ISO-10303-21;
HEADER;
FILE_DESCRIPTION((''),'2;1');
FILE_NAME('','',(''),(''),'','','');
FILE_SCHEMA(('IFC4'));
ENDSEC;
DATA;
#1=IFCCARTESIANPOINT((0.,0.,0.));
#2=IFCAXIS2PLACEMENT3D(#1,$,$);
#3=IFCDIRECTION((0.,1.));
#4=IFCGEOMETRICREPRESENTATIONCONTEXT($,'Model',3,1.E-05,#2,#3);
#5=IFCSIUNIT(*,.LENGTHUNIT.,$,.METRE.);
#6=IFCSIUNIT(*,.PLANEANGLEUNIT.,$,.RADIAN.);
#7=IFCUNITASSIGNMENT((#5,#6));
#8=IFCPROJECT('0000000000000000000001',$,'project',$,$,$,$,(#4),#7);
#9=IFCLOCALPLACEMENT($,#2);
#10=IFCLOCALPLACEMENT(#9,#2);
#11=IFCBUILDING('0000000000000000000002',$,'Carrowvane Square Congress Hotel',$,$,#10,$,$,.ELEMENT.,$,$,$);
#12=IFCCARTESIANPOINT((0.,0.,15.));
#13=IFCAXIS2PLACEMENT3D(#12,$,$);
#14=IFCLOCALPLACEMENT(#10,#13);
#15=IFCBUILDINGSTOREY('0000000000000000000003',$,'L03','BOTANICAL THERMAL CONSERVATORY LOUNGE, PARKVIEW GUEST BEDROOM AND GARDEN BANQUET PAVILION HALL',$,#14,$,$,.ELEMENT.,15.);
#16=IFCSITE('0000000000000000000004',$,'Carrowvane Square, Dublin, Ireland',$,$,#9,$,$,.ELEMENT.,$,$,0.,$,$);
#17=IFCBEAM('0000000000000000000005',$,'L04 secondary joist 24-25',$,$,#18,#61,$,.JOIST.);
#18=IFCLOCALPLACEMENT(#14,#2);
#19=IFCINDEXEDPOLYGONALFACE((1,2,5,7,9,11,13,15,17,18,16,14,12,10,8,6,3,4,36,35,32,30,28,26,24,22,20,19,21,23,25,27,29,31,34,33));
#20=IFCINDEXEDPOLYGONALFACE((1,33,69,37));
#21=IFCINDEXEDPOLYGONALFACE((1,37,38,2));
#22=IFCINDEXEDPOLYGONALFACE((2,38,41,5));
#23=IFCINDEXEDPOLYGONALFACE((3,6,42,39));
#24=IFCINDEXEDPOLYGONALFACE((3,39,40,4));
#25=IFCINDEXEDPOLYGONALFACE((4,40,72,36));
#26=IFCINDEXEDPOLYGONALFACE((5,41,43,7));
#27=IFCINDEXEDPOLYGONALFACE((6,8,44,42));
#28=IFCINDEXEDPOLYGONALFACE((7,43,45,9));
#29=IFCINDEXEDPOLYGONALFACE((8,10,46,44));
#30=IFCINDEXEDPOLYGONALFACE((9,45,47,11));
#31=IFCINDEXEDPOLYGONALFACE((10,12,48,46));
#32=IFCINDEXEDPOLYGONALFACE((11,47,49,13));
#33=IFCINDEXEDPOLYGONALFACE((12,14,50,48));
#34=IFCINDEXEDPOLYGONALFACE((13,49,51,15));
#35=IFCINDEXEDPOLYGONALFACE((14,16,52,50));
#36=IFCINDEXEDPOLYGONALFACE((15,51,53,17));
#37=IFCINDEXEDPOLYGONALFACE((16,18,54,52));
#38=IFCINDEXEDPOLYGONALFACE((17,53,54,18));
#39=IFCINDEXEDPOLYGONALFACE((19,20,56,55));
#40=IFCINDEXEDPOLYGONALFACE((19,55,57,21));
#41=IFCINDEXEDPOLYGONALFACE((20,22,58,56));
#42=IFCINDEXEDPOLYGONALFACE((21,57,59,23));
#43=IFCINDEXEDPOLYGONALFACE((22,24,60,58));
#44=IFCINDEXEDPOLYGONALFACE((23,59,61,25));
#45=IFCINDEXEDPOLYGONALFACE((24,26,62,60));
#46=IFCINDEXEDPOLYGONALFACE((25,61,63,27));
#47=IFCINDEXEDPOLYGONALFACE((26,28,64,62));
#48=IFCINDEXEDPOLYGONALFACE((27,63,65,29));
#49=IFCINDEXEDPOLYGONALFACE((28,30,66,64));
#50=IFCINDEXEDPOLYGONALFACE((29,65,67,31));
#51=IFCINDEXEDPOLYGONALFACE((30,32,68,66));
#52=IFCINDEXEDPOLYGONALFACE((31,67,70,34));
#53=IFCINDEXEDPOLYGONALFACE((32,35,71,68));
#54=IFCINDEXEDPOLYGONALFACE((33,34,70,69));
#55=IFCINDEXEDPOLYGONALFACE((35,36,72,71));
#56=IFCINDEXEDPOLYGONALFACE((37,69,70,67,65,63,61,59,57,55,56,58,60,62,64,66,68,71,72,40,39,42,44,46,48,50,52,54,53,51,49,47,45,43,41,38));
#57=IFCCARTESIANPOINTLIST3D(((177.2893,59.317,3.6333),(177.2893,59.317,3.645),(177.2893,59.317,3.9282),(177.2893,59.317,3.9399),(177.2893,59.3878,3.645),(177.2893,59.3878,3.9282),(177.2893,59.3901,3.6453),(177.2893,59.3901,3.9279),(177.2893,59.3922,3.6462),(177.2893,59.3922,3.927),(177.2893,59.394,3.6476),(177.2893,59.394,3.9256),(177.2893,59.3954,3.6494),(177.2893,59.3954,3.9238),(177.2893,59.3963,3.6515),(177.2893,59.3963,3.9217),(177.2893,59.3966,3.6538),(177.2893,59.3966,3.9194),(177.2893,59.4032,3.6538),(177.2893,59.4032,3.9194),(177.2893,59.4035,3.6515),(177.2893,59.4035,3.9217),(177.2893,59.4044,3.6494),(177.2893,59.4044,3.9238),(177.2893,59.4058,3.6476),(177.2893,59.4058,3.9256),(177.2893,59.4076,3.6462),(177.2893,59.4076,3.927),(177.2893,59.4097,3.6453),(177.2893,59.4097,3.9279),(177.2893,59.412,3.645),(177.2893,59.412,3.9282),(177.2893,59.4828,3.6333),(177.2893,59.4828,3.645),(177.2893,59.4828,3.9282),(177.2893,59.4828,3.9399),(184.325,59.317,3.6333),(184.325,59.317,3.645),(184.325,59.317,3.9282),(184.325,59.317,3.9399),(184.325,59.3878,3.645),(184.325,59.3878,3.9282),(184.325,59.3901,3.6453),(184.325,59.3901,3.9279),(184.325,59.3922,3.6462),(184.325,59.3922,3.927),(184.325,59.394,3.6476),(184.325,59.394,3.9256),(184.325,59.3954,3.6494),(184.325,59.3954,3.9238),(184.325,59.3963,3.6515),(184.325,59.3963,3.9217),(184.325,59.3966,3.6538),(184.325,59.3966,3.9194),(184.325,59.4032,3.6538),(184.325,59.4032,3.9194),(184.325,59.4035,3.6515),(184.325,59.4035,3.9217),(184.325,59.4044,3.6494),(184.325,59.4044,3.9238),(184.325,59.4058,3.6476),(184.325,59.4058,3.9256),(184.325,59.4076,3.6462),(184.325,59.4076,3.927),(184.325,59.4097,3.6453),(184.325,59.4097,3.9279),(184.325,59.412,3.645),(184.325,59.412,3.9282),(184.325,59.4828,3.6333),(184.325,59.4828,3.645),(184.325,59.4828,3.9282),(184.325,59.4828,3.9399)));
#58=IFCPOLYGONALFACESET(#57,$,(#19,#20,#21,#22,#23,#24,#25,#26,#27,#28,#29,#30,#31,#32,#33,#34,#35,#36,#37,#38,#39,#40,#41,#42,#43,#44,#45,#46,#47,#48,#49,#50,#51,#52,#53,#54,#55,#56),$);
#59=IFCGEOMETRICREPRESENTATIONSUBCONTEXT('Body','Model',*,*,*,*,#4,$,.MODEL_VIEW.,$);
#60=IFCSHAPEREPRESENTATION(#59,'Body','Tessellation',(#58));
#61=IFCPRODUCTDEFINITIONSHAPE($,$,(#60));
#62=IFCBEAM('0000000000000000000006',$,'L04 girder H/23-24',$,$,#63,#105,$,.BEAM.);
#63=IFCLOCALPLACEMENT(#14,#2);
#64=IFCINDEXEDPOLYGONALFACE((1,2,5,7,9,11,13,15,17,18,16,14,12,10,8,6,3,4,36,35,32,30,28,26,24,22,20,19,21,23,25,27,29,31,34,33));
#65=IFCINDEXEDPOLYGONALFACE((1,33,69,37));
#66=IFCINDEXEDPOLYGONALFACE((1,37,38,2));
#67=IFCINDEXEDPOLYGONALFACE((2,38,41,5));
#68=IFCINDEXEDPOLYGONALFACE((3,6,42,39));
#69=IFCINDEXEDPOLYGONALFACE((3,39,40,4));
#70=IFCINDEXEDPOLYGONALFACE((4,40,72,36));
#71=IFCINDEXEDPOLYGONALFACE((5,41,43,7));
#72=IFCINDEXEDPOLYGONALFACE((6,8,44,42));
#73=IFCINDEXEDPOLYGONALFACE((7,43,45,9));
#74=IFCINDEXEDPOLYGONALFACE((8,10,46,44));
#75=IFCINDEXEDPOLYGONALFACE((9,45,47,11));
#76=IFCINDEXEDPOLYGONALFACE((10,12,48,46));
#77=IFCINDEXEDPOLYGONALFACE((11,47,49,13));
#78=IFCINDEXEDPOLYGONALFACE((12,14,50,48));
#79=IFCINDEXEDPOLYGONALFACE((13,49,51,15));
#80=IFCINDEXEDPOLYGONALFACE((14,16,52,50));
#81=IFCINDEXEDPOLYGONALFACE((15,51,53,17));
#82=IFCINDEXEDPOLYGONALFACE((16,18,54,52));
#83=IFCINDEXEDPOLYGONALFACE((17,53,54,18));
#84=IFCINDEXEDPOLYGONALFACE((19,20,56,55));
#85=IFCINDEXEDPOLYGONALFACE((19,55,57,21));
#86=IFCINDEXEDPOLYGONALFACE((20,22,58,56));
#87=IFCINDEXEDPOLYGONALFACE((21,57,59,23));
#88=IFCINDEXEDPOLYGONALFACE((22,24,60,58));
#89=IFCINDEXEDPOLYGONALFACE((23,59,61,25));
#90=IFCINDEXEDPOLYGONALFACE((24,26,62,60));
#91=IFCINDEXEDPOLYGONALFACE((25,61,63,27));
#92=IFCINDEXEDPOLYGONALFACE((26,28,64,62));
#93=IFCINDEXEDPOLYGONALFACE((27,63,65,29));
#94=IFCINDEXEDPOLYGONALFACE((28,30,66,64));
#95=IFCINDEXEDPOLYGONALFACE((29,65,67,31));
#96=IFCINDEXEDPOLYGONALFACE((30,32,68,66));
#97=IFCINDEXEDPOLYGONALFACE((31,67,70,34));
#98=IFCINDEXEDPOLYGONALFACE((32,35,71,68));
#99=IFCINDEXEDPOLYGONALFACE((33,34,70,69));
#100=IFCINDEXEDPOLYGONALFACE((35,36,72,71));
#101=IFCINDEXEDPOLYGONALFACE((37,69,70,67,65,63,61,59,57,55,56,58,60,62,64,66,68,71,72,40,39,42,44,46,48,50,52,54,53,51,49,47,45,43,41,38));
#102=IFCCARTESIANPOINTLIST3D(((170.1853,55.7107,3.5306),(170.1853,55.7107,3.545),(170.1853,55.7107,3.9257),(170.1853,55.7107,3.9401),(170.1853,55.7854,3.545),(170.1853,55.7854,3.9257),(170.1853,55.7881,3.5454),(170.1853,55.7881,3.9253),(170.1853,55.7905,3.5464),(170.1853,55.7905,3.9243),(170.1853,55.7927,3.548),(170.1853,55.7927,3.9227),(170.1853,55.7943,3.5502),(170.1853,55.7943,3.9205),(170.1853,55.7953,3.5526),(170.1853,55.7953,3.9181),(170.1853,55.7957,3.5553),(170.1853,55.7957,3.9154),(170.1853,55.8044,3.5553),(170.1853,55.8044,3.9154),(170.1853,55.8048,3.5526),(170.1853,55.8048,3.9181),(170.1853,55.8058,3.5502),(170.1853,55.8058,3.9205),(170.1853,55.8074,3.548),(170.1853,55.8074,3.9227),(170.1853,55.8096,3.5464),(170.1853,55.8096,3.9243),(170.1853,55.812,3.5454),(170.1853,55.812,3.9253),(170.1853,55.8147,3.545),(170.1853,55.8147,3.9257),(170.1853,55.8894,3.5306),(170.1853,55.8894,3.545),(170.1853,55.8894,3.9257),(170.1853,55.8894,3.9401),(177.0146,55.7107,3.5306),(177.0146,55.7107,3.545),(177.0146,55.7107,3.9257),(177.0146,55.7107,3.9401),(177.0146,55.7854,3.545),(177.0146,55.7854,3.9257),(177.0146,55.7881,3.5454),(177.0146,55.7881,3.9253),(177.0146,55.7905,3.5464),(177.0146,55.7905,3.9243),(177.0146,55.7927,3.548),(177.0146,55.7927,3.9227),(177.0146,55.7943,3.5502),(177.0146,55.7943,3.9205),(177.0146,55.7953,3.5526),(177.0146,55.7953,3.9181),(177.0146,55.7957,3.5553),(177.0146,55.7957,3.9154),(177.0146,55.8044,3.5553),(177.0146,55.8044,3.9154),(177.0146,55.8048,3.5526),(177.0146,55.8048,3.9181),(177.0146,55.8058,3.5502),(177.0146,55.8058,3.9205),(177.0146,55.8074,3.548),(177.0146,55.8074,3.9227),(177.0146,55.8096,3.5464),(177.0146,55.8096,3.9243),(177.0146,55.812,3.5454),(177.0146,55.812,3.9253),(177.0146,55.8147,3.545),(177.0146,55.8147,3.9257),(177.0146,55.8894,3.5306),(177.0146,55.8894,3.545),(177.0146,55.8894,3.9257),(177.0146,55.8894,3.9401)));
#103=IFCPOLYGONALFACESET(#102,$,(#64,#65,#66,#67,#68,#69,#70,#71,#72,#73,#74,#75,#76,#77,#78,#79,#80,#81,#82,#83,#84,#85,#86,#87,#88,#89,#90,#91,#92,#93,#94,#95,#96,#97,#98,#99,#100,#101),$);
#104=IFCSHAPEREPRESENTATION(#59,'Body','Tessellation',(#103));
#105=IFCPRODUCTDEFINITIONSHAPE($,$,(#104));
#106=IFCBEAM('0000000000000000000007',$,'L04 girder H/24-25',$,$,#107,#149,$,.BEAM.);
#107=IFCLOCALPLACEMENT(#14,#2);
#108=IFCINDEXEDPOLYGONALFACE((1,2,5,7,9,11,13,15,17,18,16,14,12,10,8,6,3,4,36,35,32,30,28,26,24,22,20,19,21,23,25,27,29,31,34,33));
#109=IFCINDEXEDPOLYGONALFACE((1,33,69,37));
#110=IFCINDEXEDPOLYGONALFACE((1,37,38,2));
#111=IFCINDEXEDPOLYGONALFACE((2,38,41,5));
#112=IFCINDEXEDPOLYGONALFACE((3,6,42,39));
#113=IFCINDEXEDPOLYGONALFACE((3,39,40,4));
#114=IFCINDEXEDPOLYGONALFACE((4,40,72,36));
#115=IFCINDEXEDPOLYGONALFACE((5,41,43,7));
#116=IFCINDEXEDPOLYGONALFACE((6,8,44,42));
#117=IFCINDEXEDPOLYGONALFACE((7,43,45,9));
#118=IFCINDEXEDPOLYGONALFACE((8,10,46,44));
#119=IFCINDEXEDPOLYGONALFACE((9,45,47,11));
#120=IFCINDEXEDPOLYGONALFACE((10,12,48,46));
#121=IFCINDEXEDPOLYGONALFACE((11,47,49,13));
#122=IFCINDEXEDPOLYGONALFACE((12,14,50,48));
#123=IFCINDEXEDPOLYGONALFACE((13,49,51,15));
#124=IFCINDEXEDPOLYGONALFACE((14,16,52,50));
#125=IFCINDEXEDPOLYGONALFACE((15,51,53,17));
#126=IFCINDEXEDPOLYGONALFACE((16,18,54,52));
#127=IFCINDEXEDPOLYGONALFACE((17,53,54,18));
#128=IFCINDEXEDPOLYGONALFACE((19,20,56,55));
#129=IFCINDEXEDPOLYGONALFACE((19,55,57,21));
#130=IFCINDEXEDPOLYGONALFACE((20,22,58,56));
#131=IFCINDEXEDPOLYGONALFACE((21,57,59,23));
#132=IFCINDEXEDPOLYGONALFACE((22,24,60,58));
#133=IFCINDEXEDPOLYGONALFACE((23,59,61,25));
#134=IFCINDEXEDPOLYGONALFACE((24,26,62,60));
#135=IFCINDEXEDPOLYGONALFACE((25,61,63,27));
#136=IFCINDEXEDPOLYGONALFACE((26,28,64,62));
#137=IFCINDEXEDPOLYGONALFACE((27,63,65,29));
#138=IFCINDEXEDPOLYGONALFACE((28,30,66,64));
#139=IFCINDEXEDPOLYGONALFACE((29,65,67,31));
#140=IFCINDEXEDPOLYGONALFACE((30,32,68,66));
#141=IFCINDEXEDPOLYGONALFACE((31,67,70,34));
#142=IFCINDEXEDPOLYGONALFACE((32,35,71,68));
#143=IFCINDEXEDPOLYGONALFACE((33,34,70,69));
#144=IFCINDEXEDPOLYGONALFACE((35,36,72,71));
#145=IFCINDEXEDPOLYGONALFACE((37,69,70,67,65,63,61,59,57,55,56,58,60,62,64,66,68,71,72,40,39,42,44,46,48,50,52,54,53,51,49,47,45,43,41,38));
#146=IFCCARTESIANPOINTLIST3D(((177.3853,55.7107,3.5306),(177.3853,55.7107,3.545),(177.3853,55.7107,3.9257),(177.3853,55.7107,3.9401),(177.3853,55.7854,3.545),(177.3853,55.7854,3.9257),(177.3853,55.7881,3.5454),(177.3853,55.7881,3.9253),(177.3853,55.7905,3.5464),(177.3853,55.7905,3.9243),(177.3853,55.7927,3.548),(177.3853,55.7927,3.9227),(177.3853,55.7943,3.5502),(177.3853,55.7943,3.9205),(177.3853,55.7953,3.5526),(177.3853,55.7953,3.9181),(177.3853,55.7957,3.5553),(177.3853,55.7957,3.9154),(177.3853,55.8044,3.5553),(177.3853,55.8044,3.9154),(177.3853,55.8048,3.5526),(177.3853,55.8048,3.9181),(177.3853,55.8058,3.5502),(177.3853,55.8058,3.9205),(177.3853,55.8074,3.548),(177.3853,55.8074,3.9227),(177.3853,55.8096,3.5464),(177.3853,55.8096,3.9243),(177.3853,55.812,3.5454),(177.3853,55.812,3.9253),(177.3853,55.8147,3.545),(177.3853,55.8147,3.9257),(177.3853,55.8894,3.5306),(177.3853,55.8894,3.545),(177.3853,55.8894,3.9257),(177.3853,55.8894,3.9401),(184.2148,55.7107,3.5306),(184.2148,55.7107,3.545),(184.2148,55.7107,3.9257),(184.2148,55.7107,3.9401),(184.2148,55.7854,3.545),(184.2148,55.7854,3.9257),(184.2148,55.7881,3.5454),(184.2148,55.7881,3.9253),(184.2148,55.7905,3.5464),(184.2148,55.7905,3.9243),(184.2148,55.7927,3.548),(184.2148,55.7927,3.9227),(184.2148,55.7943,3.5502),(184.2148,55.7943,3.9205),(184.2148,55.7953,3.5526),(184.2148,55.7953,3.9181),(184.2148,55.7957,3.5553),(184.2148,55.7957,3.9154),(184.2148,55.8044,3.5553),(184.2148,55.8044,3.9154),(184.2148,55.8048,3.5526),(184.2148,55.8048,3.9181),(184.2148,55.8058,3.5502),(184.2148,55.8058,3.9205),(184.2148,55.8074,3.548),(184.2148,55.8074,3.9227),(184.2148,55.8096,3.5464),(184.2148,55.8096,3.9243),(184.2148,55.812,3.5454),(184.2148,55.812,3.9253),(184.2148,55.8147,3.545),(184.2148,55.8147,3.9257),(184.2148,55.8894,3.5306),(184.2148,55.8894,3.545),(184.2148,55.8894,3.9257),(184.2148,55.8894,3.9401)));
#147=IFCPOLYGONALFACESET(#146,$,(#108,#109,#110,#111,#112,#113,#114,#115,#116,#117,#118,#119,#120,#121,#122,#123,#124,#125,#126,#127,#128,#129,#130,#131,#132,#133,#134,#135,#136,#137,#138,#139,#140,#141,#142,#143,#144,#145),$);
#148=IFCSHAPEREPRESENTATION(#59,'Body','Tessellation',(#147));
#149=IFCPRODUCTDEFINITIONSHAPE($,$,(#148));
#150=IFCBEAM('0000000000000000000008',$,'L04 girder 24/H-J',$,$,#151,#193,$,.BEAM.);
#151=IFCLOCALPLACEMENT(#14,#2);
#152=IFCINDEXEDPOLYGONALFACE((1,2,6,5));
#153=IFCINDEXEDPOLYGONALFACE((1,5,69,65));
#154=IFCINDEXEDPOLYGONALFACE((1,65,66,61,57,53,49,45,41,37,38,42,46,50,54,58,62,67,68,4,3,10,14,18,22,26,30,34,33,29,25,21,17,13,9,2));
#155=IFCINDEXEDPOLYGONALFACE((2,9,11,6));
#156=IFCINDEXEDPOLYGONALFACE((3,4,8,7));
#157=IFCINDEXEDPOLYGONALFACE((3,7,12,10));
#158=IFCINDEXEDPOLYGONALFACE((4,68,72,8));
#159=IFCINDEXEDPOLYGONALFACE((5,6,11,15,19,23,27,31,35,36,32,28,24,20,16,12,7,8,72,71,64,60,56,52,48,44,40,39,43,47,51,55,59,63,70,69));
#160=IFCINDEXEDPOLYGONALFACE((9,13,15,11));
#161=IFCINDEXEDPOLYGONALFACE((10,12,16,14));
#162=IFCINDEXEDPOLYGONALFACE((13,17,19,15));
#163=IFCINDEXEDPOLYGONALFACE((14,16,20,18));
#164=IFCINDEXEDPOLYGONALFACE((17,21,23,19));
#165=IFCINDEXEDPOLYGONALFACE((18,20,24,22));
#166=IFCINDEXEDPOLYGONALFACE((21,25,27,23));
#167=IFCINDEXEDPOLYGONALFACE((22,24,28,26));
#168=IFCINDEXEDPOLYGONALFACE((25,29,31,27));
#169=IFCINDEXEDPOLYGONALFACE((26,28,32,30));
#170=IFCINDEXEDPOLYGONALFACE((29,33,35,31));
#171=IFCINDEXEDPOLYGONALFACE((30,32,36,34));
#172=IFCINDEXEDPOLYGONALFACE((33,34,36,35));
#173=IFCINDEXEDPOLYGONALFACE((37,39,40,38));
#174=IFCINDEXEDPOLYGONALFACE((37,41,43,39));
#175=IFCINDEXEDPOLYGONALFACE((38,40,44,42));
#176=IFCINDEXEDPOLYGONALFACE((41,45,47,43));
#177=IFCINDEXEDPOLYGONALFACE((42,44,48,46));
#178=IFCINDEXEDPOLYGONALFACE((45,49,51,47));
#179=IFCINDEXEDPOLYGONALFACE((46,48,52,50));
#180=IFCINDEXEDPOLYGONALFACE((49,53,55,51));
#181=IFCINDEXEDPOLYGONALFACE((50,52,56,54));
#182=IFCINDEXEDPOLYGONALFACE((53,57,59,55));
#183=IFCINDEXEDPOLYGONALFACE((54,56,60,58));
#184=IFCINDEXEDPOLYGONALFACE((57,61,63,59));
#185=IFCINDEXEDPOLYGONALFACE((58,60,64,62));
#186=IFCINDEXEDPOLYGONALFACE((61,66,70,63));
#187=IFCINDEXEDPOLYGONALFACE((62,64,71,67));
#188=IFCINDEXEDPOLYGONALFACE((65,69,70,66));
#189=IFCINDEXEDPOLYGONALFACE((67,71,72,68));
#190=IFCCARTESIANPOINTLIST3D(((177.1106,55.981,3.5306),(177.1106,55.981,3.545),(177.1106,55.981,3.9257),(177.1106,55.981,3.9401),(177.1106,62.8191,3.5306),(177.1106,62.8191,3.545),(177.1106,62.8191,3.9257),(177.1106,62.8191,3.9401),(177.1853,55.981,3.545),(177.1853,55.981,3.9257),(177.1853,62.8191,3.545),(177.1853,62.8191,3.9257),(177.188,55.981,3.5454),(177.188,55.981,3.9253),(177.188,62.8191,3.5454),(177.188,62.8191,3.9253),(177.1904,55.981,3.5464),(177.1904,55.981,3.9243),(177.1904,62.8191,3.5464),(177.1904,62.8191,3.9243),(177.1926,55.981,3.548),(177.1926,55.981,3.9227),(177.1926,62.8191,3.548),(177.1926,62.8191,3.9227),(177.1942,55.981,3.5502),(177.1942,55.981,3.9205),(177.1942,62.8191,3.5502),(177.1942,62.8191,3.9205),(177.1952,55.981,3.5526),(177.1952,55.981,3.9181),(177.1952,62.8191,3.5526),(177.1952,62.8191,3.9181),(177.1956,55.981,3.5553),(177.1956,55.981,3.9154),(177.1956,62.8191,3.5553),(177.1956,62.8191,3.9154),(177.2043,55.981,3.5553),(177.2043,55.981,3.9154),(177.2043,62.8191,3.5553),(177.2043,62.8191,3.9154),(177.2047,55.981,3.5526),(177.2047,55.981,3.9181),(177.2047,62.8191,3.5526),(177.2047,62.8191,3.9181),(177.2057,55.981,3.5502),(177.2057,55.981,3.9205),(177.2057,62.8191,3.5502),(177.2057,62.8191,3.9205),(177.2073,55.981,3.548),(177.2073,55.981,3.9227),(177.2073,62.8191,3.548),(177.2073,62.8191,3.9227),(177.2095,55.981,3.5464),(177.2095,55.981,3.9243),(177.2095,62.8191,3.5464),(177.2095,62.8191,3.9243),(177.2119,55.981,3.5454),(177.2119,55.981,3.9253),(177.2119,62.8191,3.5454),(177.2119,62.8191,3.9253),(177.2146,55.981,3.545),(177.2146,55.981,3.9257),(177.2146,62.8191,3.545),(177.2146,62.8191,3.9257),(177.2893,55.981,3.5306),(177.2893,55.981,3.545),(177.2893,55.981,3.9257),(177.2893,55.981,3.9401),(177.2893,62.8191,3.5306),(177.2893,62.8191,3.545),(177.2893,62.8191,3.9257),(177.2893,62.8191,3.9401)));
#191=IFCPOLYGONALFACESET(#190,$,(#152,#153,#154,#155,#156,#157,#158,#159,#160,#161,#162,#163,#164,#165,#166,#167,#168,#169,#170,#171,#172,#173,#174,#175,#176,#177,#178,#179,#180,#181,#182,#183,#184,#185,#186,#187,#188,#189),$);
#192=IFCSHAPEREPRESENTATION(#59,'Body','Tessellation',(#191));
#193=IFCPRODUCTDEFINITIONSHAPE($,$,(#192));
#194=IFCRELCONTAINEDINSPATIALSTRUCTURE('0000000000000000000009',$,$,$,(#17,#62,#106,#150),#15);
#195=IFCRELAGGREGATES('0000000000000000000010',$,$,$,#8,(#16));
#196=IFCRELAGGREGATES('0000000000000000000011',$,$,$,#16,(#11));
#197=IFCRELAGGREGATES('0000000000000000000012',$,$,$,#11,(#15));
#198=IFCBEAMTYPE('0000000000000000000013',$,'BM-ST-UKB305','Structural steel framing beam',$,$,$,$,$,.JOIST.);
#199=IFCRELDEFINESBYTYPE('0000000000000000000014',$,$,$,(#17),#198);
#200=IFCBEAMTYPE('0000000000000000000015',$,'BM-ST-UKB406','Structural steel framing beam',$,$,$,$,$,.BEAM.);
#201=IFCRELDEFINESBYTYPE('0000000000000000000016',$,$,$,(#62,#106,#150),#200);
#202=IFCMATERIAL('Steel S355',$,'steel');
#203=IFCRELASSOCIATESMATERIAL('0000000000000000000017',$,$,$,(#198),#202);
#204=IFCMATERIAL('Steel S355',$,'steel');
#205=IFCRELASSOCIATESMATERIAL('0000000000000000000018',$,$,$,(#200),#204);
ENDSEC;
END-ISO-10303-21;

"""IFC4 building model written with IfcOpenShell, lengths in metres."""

from ifc_helpers import new_model, si_unit, direction, frame, origin, origin_2d, place, context, subcontext, project, spatial, i_section, extrude, material, material_profile, profile_set, type_object, element, save


model = new_model("IFC4")

# Units and contexts
model_context = context("Model", 3, precision=1e-05, world=origin(), true_north=direction((0.0, 1.0)))
body_context = subcontext(model_context, "Body", "Model", "MODEL_VIEW")
ifc_project = project(units=[si_unit("LENGTHUNIT", "METRE"), si_unit("PLANEANGLEUNIT", "RADIAN")], contexts=[model_context])

# Site, building, storey
site_placement = place(None, origin())
site = spatial("IfcSite", under=ifc_project, at=site_placement, Name="Carrowvane Square, Dublin, Ireland", CompositionType="ELEMENT", RefElevation=0.0)
building_placement = place(site_placement, origin())
building = spatial("IfcBuilding", under=site, at=building_placement, Name="Carrowvane Square Congress Hotel", CompositionType="ELEMENT")
storey_placement = place(building_placement, frame((0.0, 0.0, 15.0)))
storey = spatial("IfcBuildingStorey", under=building, at=storey_placement, Name="L03", Description="BOTANICAL THERMAL CONSERVATORY LOUNGE, PARKVIEW GUEST BEDROOM AND GARDEN BANQUET PAVILION HALL", CompositionType="ELEMENT", Elevation=15.0)

# Beams
ifc_material_1 = material(Name="Steel S355", Category="steel")
ifc_material_profile_1 = material_profile(ifc_material_1, i_section(OverallWidth=0.1658, OverallDepth=0.3066, WebThickness=0.0066, FlangeThickness=0.0117, FilletRadius=0.0088, at=origin_2d()), Name="UKB 305x165x46")
ifc_profile_set_1 = profile_set([ifc_material_profile_1], Name="Steel S355")
beam_type_1 = type_object("IfcBeamType", Name="BM-ST-UKB305", Description="Structural steel framing beam", PredefinedType="JOIST", material=ifc_profile_set_1)
beam_1_placement = place(storey_placement, frame((177.2893, 59.3999, 3.7866), z_axis=(1.0, 0.0, 0.0), x_axis=(0.0, 1.0, 0.0)))
element("IfcBeam", 1, at=beam_1_placement, inside=storey, type_object=beam_type_1, Name="L04 secondary joist 24-25", PredefinedType="JOIST", context=body_context, shape_type="SweptSolid", body=[
    extrude(i_section(OverallWidth=0.1658, OverallDepth=0.3066, WebThickness=0.0066, FlangeThickness=0.0117, FilletRadius=0.0088, at=origin_2d()), origin(), (0.0, 0.0, 1.0), 7.0356),
])
ifc_material_2 = material(Name="Steel S355", Category="steel")
ifc_material_profile_2 = material_profile(ifc_material_2, i_section(OverallWidth=0.1787, OverallDepth=0.4094, WebThickness=0.0088, FlangeThickness=0.0144, FilletRadius=0.0103, at=origin_2d()), Name="UKB 406x178x67")
ifc_profile_set_2 = profile_set([ifc_material_profile_2], Name="Steel S355")
beam_type_2 = type_object("IfcBeamType", Name="BM-ST-UKB406", Description="Structural steel framing beam", PredefinedType="BEAM", material=ifc_profile_set_2)
beam_2_placement = place(storey_placement, frame((170.1853, 55.8, 3.7354), z_axis=(1.0, 0.0, 0.0), x_axis=(0.0, 1.0, 0.0)))
element("IfcBeam", 2, at=beam_2_placement, inside=storey, type_object=beam_type_2, Name="L04 girder H/23-24", PredefinedType="BEAM", context=body_context, shape_type="SweptSolid", body=[
    extrude(i_section(OverallWidth=0.1787, OverallDepth=0.4094, WebThickness=0.0088, FlangeThickness=0.0144, FilletRadius=0.0103, at=origin_2d()), origin(), (0.0, 0.0, 1.0), 6.8293),
])
beam_3_placement = place(storey_placement, frame((177.3853, 55.8, 3.7354), z_axis=(1.0, 0.0, 0.0), x_axis=(0.0, 1.0, 0.0)))
element("IfcBeam", 3, at=beam_3_placement, inside=storey, type_object=beam_type_2, Name="L04 girder H/24-25", PredefinedType="BEAM", context=body_context, shape_type="SweptSolid", body=[
    extrude(i_section(OverallWidth=0.1787, OverallDepth=0.4094, WebThickness=0.0088, FlangeThickness=0.0144, FilletRadius=0.0103, at=origin_2d()), origin(), (0.0, 0.0, 1.0), 6.8296),
])
beam_4_placement = place(storey_placement, frame((177.2, 55.981, 3.7354), z_axis=(0.0, 1.0, 0.0), x_axis=(-1.0, 0.0, 0.0)))
element("IfcBeam", 4, at=beam_4_placement, inside=storey, type_object=beam_type_2, Name="L04 girder 24/H-J", PredefinedType="BEAM", context=body_context, shape_type="SweptSolid", body=[
    extrude(i_section(OverallWidth=0.1787, OverallDepth=0.4094, WebThickness=0.0088, FlangeThickness=0.0144, FilletRadius=0.0103, at=origin_2d()), origin(), (0.0, 0.0, 1.0), 6.8381),
])

save(model, "model.ifc")
